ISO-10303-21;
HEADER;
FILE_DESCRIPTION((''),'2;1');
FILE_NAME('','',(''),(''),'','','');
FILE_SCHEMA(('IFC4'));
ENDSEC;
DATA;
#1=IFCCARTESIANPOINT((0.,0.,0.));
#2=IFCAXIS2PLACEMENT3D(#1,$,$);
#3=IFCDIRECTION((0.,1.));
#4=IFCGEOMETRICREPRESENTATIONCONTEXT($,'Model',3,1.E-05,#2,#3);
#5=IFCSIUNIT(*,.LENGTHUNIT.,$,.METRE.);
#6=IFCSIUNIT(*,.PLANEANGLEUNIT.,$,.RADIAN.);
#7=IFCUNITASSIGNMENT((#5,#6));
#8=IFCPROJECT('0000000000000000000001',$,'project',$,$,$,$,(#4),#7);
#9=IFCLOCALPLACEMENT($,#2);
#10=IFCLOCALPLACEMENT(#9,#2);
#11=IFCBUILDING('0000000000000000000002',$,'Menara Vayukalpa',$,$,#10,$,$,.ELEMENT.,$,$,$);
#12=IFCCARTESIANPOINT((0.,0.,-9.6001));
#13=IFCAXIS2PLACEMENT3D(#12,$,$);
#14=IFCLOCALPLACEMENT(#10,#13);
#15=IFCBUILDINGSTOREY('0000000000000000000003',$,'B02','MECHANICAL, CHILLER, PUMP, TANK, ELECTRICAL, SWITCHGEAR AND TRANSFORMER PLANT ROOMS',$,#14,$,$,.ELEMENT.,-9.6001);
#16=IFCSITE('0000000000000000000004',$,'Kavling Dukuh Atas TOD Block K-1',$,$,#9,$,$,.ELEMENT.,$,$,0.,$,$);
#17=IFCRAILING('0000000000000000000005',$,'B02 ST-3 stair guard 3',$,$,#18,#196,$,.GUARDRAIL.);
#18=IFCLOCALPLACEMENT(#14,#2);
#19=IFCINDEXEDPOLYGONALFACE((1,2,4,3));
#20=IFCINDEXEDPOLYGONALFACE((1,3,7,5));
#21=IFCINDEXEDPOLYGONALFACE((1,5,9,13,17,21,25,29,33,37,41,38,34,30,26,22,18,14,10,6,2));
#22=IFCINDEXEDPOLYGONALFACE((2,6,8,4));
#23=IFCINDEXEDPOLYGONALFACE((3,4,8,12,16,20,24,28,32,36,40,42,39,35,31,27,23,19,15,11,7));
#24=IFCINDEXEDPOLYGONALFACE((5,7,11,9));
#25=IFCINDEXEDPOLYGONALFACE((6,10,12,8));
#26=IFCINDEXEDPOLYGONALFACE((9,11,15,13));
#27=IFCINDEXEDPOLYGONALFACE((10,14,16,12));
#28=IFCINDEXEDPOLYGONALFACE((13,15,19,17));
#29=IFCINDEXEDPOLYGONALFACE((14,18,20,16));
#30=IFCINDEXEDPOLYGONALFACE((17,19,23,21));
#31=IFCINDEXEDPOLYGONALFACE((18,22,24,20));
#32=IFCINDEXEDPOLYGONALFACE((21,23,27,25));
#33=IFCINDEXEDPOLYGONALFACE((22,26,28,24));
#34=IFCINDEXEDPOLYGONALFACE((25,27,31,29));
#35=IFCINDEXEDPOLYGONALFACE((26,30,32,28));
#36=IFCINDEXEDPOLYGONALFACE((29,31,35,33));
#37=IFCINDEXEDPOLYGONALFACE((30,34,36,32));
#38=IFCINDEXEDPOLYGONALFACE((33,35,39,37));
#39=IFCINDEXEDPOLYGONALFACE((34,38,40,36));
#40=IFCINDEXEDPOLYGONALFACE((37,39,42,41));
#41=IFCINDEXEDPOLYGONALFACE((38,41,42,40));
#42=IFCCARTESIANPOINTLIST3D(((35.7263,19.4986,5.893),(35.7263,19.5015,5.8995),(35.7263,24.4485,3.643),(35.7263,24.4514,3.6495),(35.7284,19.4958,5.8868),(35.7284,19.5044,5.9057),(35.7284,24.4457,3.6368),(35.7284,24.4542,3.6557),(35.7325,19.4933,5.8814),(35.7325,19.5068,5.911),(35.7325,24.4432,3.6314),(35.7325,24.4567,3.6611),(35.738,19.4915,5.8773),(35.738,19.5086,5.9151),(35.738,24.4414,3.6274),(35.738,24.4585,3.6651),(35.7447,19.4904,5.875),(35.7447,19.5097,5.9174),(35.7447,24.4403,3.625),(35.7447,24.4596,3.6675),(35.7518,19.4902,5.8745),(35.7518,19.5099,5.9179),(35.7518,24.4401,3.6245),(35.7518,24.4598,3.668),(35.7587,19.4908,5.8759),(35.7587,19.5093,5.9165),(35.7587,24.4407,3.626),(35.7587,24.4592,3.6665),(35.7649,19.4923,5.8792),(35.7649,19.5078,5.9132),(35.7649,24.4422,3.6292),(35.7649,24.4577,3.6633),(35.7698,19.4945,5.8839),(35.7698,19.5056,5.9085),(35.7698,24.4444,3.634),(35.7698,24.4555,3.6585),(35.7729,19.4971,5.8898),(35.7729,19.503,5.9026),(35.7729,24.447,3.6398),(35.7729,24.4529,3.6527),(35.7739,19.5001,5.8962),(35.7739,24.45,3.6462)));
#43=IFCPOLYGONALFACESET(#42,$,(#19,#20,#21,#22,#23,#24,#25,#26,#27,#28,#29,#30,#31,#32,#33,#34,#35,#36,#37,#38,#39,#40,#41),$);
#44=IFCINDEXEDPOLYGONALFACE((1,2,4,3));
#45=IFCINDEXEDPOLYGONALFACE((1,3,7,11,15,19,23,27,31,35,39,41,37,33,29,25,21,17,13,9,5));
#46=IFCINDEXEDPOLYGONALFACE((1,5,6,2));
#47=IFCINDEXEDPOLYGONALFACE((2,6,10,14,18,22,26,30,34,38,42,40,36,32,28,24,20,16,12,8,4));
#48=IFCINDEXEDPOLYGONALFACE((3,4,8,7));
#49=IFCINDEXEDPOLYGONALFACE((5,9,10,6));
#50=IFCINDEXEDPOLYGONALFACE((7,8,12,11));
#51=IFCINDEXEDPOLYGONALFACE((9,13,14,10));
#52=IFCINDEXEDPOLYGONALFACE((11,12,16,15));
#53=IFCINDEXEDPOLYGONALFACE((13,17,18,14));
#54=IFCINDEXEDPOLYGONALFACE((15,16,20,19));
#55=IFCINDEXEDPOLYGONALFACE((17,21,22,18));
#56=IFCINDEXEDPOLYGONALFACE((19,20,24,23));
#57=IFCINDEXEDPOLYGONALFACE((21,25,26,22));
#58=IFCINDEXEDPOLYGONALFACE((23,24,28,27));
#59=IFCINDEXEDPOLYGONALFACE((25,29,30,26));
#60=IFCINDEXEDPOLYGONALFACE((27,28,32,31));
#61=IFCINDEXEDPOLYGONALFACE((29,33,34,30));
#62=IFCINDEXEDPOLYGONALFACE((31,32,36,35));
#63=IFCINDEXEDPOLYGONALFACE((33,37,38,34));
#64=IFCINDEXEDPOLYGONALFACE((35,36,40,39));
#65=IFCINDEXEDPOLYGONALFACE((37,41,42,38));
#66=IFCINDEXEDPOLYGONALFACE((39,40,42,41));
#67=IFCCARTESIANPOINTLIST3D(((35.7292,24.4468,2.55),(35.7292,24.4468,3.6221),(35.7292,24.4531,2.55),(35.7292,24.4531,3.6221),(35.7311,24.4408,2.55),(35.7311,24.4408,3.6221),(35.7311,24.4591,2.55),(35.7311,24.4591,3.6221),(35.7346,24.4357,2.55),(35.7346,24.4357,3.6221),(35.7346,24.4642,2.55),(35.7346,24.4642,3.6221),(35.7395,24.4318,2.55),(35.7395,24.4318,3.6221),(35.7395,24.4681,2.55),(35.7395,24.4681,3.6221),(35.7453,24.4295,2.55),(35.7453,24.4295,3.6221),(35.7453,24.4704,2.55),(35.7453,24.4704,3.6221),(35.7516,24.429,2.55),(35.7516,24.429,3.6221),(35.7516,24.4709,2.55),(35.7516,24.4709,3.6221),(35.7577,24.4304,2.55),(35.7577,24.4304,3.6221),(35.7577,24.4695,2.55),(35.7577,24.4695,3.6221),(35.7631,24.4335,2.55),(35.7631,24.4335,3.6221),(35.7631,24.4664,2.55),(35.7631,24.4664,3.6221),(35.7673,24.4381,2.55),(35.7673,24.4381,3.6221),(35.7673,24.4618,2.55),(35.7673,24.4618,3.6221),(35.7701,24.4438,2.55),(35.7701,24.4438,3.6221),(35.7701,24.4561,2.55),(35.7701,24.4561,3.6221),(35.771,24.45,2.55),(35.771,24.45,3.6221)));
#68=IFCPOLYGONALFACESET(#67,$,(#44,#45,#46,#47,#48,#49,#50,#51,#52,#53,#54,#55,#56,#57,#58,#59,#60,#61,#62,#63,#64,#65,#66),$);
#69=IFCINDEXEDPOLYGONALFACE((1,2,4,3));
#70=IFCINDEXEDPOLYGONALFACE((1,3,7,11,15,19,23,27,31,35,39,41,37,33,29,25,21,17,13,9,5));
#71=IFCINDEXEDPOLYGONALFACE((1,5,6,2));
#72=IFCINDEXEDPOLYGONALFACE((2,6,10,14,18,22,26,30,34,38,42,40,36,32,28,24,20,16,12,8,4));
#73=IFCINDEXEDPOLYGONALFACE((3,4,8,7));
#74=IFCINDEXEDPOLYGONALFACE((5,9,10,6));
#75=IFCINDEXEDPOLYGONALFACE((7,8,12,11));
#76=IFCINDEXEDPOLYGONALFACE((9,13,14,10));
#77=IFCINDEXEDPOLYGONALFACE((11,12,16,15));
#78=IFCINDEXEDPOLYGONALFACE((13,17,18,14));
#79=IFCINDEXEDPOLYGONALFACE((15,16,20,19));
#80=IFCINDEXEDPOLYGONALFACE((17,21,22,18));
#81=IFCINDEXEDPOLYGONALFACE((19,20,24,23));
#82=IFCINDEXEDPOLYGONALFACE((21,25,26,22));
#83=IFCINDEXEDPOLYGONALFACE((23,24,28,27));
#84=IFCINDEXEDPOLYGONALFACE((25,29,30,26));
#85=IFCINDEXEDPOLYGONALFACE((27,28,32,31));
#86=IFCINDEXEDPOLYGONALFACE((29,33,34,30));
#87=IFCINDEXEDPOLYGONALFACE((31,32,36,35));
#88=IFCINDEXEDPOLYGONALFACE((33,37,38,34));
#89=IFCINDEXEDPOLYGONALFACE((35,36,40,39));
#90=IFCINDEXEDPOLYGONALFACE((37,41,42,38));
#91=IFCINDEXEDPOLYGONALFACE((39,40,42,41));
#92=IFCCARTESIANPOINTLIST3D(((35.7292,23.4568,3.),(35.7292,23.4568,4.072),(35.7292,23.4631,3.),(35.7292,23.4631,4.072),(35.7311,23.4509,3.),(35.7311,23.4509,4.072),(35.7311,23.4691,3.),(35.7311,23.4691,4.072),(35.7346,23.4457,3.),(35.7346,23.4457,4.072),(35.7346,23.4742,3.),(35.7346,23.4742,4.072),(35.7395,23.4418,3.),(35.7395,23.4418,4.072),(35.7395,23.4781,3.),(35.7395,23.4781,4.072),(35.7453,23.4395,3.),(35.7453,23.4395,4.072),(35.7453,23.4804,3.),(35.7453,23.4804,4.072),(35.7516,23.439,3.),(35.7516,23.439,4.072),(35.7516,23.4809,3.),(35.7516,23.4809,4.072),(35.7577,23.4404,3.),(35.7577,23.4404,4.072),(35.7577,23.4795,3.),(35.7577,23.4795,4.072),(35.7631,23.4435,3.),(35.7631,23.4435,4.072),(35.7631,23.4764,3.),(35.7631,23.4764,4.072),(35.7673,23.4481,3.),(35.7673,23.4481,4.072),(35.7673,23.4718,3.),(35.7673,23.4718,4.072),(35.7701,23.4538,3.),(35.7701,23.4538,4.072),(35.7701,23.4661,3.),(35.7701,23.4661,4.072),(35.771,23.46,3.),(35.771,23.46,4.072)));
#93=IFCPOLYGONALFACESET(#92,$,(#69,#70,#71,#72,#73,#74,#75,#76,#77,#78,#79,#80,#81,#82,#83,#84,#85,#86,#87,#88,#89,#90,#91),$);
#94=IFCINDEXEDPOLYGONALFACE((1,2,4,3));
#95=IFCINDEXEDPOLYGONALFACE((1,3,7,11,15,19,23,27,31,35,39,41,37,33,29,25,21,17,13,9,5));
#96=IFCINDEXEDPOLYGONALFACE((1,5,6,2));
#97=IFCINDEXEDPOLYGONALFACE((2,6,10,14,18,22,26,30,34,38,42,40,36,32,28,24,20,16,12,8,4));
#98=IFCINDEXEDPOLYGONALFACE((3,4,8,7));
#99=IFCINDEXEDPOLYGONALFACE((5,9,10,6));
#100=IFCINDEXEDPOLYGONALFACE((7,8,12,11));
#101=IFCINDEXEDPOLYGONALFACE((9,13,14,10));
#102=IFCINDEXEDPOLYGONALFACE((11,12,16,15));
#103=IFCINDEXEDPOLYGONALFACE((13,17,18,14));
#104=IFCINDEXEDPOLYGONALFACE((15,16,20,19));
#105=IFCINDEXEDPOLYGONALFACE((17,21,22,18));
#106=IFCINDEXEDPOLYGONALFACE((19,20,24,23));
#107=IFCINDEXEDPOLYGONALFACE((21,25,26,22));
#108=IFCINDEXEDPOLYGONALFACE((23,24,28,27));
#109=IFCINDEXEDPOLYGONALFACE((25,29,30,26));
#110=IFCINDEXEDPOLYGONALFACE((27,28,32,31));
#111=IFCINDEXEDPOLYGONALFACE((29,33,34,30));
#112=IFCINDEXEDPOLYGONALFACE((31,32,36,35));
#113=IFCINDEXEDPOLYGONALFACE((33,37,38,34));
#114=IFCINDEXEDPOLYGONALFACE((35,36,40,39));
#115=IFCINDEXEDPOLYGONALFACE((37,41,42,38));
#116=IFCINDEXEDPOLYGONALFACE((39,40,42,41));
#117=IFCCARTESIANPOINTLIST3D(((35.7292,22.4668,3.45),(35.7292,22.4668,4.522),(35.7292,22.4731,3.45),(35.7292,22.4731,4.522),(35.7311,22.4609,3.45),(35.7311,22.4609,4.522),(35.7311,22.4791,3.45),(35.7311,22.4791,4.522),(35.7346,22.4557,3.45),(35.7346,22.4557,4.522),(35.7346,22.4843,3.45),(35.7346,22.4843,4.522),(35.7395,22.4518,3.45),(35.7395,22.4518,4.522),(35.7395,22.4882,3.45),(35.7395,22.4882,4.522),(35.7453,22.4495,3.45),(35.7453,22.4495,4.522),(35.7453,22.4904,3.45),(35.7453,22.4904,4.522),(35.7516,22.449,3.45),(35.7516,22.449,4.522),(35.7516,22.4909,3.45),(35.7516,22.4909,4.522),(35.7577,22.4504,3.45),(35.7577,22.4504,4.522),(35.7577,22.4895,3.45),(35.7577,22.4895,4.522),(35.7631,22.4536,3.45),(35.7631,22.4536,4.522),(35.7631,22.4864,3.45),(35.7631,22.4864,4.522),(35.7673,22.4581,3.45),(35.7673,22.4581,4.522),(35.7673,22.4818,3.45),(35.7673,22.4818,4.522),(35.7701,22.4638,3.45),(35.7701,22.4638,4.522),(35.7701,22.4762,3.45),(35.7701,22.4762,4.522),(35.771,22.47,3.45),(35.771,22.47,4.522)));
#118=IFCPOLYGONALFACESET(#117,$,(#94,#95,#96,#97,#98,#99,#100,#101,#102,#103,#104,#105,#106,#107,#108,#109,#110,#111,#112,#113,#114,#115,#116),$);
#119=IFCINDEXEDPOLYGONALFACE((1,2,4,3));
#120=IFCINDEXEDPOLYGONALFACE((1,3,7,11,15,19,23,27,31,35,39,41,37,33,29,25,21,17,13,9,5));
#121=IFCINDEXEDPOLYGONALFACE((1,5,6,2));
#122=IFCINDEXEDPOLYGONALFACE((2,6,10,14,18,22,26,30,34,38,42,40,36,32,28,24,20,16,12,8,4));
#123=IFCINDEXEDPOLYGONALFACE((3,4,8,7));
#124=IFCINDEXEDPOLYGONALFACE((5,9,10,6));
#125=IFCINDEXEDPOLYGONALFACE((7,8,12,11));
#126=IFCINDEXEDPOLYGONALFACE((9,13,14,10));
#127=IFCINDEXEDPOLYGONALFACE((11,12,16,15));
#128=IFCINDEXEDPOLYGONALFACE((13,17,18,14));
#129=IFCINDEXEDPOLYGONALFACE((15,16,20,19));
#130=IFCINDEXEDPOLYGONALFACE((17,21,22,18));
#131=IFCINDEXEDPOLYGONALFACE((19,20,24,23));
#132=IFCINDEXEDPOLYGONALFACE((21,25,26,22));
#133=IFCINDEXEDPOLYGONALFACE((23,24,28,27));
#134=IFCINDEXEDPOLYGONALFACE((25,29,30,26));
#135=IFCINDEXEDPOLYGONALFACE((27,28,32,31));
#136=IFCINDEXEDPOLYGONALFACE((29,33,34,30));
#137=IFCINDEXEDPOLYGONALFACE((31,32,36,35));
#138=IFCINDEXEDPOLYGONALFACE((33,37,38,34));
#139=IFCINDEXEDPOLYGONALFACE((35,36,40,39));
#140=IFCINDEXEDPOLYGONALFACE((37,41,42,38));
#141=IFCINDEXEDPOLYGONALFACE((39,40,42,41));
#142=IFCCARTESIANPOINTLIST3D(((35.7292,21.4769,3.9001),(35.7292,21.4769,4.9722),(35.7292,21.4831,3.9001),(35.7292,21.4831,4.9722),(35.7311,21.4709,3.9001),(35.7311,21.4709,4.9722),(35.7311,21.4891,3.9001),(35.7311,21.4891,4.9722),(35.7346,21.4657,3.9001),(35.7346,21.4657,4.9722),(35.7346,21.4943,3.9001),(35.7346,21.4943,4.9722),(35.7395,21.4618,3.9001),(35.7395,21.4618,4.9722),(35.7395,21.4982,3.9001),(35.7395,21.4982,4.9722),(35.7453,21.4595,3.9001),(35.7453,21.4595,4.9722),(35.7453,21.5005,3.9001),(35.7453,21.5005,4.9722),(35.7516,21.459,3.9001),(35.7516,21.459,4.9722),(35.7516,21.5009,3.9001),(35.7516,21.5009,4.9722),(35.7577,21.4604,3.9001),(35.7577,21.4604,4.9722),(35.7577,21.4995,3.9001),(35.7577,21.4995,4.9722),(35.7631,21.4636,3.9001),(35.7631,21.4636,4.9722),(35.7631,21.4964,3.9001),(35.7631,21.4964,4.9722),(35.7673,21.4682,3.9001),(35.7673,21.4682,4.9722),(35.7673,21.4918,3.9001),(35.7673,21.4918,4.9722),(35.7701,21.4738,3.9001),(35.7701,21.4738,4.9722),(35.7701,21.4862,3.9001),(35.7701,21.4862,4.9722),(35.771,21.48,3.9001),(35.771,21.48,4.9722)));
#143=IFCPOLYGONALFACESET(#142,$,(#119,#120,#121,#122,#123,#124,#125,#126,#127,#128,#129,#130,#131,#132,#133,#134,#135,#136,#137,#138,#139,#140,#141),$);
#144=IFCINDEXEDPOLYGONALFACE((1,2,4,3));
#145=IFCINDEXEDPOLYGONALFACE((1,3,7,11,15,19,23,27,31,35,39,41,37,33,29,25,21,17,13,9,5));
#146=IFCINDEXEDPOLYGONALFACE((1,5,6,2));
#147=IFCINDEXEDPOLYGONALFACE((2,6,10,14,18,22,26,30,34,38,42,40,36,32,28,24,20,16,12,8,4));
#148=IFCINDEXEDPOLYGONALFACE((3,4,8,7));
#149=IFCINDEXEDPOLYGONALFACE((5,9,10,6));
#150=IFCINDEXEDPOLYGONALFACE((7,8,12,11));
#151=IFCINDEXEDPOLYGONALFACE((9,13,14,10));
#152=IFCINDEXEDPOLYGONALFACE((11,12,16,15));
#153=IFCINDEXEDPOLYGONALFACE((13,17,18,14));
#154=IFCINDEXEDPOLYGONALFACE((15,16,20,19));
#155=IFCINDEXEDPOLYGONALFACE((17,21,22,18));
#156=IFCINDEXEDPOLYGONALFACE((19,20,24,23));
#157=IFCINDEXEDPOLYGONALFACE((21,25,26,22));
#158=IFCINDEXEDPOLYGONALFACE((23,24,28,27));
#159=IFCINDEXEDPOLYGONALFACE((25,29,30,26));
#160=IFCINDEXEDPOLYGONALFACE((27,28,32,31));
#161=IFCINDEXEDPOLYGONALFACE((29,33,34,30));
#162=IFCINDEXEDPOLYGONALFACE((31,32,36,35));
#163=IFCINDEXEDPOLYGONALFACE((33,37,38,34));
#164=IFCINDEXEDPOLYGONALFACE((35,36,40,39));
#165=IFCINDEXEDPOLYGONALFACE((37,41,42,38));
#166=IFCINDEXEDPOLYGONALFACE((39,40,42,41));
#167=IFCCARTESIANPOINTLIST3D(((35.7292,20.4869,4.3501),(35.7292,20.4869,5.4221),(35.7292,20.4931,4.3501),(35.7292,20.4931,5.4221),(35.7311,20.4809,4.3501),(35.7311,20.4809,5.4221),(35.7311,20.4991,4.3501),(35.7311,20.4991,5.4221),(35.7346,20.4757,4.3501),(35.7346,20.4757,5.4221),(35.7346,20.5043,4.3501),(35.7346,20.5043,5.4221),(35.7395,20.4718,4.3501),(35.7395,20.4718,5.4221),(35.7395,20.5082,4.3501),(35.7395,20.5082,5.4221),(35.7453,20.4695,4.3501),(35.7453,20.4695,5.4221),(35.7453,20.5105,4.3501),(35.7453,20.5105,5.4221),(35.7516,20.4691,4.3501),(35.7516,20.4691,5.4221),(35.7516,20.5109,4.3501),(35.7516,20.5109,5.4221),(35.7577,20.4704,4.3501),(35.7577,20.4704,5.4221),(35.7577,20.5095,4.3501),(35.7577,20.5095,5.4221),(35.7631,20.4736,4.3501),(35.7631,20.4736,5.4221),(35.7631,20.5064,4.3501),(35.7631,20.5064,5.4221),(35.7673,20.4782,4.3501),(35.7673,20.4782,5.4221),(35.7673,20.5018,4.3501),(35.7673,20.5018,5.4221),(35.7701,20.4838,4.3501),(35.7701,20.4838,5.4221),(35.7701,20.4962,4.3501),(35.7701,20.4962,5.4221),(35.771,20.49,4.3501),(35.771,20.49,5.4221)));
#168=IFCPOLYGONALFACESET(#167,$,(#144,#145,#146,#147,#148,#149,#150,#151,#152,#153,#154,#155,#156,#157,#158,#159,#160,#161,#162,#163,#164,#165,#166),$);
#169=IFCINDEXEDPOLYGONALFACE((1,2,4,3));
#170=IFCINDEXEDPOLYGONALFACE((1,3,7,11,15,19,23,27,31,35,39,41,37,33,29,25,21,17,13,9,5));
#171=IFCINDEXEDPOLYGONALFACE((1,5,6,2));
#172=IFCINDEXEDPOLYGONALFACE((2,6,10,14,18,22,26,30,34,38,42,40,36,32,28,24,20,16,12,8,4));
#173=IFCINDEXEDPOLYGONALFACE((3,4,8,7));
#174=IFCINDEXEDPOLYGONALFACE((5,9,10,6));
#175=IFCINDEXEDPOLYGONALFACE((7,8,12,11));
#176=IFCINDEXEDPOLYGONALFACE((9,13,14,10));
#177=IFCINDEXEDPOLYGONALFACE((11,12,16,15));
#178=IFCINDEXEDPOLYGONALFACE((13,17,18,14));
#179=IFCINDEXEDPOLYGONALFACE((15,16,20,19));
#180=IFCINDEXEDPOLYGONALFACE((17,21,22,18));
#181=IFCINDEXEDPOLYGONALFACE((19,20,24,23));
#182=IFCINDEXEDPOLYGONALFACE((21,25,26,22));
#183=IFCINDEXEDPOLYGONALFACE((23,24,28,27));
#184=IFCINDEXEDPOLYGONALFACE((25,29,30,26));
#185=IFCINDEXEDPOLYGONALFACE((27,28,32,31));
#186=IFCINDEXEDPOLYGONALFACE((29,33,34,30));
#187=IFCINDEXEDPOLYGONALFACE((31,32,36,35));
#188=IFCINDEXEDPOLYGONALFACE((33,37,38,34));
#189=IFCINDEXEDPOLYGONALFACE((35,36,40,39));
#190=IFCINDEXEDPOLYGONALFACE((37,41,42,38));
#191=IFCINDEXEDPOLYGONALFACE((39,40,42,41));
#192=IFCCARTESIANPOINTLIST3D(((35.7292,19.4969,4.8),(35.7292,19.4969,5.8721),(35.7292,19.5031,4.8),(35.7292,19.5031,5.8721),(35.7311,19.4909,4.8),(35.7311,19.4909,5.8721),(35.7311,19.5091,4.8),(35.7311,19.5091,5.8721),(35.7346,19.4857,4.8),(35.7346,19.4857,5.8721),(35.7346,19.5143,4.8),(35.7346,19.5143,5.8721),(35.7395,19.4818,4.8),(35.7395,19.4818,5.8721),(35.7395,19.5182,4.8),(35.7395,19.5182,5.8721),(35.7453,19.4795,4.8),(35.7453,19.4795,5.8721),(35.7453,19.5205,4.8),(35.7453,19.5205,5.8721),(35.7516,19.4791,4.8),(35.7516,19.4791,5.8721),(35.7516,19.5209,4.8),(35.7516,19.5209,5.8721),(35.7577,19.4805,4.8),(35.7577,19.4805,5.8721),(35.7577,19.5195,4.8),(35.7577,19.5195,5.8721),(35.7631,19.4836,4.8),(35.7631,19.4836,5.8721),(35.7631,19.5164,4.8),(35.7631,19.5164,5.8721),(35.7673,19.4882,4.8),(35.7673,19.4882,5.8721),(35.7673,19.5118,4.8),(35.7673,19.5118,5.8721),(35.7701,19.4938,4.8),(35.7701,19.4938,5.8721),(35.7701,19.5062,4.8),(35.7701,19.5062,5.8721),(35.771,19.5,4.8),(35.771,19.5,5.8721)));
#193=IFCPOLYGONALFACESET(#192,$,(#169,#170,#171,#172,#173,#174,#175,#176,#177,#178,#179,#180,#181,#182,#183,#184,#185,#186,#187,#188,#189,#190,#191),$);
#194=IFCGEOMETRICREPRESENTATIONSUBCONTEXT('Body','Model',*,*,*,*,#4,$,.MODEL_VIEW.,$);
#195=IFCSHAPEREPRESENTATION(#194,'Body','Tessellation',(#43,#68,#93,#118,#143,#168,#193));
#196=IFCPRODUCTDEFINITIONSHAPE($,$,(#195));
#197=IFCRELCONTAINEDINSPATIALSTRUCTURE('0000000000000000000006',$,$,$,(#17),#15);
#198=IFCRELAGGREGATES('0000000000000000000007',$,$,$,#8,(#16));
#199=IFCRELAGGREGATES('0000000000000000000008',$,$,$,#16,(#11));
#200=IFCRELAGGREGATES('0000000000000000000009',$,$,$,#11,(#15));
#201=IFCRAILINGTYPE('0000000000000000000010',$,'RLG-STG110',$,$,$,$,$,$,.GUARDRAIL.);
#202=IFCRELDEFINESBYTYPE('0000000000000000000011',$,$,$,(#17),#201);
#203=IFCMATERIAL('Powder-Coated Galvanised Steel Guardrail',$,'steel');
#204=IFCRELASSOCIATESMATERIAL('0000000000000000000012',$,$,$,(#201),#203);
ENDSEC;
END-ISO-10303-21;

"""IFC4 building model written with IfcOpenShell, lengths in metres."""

from ifc_helpers import new_model, si_unit, direction, frame, origin, origin_2d, place, context, subcontext, project, spatial, circle, extrude, material, type_object, element, save


model = new_model("IFC4")

# Units and contexts
model_context = context("Model", 3, precision=1e-05, world=origin(), true_north=direction((0.0, 1.0)))
body_context = subcontext(model_context, "Body", "Model", "MODEL_VIEW")
ifc_project = project(units=[si_unit("LENGTHUNIT", "METRE"), si_unit("PLANEANGLEUNIT", "RADIAN")], contexts=[model_context])

# Site, building, storey
site_placement = place(None, origin())
site = spatial("IfcSite", under=ifc_project, at=site_placement, Name="Kavling Dukuh Atas TOD Block K-1", CompositionType="ELEMENT", RefElevation=0.0)
building_placement = place(site_placement, origin())
building = spatial("IfcBuilding", under=site, at=building_placement, Name="Menara Vayukalpa", CompositionType="ELEMENT")
storey_placement = place(building_placement, frame((0.0, 0.0, -9.6001)))
storey = spatial("IfcBuildingStorey", under=building, at=storey_placement, Name="B02", Description="MECHANICAL, CHILLER, PUMP, TANK, ELECTRICAL, SWITCHGEAR AND TRANSFORMER PLANT ROOMS", CompositionType="ELEMENT", Elevation=-9.6001)

# Railing
ifc_material_1 = material(Name="Powder-Coated Galvanised Steel Guardrail", Category="steel")
railing_type_1 = type_object("IfcRailingType", Name="RLG-STG110", PredefinedType="GUARDRAIL", material=ifc_material_1)
railing_1_placement = place(storey_placement, frame((35.75, 24.45, 2.55)))
element("IfcRailing", 1, at=railing_1_placement, inside=storey, type_object=railing_type_1, Name="B02 ST-3 stair guard 3", PredefinedType="GUARDRAIL", context=body_context, shape_type="SweptSolid", body=[
    extrude(circle(Radius=0.0239, at=origin_2d()), frame((0.0, 0.0, 1.0962), z_axis=(0.0, -0.910365, 0.413806), x_axis=(1.0, 0.0, 0.0)), (0.0, 0.0, 1.0), 5.4373),
    extrude(circle(Radius=0.021, at=origin_2d()), origin(), (0.0, 0.0, 1.0), 1.072),
    extrude(circle(Radius=0.021, at=origin_2d()), frame((0.0, -0.99, 0.45)), (0.0, 0.0, 1.0), 1.072),
    extrude(circle(Radius=0.021, at=origin_2d()), frame((0.0, -1.98, 0.8999)), (0.0, 0.0, 1.0), 1.072),
    extrude(circle(Radius=0.021, at=origin_2d()), frame((0.0, -2.97, 1.3501)), (0.0, 0.0, 1.0), 1.072),
    extrude(circle(Radius=0.021, at=origin_2d()), frame((0.0, -3.96, 1.8)), (0.0, 0.0, 1.0), 1.072),
    extrude(circle(Radius=0.021, at=origin_2d()), frame((0.0, -4.95, 2.25)), (0.0, 0.0, 1.0), 1.072),
])

save(model, "model.ifc")
